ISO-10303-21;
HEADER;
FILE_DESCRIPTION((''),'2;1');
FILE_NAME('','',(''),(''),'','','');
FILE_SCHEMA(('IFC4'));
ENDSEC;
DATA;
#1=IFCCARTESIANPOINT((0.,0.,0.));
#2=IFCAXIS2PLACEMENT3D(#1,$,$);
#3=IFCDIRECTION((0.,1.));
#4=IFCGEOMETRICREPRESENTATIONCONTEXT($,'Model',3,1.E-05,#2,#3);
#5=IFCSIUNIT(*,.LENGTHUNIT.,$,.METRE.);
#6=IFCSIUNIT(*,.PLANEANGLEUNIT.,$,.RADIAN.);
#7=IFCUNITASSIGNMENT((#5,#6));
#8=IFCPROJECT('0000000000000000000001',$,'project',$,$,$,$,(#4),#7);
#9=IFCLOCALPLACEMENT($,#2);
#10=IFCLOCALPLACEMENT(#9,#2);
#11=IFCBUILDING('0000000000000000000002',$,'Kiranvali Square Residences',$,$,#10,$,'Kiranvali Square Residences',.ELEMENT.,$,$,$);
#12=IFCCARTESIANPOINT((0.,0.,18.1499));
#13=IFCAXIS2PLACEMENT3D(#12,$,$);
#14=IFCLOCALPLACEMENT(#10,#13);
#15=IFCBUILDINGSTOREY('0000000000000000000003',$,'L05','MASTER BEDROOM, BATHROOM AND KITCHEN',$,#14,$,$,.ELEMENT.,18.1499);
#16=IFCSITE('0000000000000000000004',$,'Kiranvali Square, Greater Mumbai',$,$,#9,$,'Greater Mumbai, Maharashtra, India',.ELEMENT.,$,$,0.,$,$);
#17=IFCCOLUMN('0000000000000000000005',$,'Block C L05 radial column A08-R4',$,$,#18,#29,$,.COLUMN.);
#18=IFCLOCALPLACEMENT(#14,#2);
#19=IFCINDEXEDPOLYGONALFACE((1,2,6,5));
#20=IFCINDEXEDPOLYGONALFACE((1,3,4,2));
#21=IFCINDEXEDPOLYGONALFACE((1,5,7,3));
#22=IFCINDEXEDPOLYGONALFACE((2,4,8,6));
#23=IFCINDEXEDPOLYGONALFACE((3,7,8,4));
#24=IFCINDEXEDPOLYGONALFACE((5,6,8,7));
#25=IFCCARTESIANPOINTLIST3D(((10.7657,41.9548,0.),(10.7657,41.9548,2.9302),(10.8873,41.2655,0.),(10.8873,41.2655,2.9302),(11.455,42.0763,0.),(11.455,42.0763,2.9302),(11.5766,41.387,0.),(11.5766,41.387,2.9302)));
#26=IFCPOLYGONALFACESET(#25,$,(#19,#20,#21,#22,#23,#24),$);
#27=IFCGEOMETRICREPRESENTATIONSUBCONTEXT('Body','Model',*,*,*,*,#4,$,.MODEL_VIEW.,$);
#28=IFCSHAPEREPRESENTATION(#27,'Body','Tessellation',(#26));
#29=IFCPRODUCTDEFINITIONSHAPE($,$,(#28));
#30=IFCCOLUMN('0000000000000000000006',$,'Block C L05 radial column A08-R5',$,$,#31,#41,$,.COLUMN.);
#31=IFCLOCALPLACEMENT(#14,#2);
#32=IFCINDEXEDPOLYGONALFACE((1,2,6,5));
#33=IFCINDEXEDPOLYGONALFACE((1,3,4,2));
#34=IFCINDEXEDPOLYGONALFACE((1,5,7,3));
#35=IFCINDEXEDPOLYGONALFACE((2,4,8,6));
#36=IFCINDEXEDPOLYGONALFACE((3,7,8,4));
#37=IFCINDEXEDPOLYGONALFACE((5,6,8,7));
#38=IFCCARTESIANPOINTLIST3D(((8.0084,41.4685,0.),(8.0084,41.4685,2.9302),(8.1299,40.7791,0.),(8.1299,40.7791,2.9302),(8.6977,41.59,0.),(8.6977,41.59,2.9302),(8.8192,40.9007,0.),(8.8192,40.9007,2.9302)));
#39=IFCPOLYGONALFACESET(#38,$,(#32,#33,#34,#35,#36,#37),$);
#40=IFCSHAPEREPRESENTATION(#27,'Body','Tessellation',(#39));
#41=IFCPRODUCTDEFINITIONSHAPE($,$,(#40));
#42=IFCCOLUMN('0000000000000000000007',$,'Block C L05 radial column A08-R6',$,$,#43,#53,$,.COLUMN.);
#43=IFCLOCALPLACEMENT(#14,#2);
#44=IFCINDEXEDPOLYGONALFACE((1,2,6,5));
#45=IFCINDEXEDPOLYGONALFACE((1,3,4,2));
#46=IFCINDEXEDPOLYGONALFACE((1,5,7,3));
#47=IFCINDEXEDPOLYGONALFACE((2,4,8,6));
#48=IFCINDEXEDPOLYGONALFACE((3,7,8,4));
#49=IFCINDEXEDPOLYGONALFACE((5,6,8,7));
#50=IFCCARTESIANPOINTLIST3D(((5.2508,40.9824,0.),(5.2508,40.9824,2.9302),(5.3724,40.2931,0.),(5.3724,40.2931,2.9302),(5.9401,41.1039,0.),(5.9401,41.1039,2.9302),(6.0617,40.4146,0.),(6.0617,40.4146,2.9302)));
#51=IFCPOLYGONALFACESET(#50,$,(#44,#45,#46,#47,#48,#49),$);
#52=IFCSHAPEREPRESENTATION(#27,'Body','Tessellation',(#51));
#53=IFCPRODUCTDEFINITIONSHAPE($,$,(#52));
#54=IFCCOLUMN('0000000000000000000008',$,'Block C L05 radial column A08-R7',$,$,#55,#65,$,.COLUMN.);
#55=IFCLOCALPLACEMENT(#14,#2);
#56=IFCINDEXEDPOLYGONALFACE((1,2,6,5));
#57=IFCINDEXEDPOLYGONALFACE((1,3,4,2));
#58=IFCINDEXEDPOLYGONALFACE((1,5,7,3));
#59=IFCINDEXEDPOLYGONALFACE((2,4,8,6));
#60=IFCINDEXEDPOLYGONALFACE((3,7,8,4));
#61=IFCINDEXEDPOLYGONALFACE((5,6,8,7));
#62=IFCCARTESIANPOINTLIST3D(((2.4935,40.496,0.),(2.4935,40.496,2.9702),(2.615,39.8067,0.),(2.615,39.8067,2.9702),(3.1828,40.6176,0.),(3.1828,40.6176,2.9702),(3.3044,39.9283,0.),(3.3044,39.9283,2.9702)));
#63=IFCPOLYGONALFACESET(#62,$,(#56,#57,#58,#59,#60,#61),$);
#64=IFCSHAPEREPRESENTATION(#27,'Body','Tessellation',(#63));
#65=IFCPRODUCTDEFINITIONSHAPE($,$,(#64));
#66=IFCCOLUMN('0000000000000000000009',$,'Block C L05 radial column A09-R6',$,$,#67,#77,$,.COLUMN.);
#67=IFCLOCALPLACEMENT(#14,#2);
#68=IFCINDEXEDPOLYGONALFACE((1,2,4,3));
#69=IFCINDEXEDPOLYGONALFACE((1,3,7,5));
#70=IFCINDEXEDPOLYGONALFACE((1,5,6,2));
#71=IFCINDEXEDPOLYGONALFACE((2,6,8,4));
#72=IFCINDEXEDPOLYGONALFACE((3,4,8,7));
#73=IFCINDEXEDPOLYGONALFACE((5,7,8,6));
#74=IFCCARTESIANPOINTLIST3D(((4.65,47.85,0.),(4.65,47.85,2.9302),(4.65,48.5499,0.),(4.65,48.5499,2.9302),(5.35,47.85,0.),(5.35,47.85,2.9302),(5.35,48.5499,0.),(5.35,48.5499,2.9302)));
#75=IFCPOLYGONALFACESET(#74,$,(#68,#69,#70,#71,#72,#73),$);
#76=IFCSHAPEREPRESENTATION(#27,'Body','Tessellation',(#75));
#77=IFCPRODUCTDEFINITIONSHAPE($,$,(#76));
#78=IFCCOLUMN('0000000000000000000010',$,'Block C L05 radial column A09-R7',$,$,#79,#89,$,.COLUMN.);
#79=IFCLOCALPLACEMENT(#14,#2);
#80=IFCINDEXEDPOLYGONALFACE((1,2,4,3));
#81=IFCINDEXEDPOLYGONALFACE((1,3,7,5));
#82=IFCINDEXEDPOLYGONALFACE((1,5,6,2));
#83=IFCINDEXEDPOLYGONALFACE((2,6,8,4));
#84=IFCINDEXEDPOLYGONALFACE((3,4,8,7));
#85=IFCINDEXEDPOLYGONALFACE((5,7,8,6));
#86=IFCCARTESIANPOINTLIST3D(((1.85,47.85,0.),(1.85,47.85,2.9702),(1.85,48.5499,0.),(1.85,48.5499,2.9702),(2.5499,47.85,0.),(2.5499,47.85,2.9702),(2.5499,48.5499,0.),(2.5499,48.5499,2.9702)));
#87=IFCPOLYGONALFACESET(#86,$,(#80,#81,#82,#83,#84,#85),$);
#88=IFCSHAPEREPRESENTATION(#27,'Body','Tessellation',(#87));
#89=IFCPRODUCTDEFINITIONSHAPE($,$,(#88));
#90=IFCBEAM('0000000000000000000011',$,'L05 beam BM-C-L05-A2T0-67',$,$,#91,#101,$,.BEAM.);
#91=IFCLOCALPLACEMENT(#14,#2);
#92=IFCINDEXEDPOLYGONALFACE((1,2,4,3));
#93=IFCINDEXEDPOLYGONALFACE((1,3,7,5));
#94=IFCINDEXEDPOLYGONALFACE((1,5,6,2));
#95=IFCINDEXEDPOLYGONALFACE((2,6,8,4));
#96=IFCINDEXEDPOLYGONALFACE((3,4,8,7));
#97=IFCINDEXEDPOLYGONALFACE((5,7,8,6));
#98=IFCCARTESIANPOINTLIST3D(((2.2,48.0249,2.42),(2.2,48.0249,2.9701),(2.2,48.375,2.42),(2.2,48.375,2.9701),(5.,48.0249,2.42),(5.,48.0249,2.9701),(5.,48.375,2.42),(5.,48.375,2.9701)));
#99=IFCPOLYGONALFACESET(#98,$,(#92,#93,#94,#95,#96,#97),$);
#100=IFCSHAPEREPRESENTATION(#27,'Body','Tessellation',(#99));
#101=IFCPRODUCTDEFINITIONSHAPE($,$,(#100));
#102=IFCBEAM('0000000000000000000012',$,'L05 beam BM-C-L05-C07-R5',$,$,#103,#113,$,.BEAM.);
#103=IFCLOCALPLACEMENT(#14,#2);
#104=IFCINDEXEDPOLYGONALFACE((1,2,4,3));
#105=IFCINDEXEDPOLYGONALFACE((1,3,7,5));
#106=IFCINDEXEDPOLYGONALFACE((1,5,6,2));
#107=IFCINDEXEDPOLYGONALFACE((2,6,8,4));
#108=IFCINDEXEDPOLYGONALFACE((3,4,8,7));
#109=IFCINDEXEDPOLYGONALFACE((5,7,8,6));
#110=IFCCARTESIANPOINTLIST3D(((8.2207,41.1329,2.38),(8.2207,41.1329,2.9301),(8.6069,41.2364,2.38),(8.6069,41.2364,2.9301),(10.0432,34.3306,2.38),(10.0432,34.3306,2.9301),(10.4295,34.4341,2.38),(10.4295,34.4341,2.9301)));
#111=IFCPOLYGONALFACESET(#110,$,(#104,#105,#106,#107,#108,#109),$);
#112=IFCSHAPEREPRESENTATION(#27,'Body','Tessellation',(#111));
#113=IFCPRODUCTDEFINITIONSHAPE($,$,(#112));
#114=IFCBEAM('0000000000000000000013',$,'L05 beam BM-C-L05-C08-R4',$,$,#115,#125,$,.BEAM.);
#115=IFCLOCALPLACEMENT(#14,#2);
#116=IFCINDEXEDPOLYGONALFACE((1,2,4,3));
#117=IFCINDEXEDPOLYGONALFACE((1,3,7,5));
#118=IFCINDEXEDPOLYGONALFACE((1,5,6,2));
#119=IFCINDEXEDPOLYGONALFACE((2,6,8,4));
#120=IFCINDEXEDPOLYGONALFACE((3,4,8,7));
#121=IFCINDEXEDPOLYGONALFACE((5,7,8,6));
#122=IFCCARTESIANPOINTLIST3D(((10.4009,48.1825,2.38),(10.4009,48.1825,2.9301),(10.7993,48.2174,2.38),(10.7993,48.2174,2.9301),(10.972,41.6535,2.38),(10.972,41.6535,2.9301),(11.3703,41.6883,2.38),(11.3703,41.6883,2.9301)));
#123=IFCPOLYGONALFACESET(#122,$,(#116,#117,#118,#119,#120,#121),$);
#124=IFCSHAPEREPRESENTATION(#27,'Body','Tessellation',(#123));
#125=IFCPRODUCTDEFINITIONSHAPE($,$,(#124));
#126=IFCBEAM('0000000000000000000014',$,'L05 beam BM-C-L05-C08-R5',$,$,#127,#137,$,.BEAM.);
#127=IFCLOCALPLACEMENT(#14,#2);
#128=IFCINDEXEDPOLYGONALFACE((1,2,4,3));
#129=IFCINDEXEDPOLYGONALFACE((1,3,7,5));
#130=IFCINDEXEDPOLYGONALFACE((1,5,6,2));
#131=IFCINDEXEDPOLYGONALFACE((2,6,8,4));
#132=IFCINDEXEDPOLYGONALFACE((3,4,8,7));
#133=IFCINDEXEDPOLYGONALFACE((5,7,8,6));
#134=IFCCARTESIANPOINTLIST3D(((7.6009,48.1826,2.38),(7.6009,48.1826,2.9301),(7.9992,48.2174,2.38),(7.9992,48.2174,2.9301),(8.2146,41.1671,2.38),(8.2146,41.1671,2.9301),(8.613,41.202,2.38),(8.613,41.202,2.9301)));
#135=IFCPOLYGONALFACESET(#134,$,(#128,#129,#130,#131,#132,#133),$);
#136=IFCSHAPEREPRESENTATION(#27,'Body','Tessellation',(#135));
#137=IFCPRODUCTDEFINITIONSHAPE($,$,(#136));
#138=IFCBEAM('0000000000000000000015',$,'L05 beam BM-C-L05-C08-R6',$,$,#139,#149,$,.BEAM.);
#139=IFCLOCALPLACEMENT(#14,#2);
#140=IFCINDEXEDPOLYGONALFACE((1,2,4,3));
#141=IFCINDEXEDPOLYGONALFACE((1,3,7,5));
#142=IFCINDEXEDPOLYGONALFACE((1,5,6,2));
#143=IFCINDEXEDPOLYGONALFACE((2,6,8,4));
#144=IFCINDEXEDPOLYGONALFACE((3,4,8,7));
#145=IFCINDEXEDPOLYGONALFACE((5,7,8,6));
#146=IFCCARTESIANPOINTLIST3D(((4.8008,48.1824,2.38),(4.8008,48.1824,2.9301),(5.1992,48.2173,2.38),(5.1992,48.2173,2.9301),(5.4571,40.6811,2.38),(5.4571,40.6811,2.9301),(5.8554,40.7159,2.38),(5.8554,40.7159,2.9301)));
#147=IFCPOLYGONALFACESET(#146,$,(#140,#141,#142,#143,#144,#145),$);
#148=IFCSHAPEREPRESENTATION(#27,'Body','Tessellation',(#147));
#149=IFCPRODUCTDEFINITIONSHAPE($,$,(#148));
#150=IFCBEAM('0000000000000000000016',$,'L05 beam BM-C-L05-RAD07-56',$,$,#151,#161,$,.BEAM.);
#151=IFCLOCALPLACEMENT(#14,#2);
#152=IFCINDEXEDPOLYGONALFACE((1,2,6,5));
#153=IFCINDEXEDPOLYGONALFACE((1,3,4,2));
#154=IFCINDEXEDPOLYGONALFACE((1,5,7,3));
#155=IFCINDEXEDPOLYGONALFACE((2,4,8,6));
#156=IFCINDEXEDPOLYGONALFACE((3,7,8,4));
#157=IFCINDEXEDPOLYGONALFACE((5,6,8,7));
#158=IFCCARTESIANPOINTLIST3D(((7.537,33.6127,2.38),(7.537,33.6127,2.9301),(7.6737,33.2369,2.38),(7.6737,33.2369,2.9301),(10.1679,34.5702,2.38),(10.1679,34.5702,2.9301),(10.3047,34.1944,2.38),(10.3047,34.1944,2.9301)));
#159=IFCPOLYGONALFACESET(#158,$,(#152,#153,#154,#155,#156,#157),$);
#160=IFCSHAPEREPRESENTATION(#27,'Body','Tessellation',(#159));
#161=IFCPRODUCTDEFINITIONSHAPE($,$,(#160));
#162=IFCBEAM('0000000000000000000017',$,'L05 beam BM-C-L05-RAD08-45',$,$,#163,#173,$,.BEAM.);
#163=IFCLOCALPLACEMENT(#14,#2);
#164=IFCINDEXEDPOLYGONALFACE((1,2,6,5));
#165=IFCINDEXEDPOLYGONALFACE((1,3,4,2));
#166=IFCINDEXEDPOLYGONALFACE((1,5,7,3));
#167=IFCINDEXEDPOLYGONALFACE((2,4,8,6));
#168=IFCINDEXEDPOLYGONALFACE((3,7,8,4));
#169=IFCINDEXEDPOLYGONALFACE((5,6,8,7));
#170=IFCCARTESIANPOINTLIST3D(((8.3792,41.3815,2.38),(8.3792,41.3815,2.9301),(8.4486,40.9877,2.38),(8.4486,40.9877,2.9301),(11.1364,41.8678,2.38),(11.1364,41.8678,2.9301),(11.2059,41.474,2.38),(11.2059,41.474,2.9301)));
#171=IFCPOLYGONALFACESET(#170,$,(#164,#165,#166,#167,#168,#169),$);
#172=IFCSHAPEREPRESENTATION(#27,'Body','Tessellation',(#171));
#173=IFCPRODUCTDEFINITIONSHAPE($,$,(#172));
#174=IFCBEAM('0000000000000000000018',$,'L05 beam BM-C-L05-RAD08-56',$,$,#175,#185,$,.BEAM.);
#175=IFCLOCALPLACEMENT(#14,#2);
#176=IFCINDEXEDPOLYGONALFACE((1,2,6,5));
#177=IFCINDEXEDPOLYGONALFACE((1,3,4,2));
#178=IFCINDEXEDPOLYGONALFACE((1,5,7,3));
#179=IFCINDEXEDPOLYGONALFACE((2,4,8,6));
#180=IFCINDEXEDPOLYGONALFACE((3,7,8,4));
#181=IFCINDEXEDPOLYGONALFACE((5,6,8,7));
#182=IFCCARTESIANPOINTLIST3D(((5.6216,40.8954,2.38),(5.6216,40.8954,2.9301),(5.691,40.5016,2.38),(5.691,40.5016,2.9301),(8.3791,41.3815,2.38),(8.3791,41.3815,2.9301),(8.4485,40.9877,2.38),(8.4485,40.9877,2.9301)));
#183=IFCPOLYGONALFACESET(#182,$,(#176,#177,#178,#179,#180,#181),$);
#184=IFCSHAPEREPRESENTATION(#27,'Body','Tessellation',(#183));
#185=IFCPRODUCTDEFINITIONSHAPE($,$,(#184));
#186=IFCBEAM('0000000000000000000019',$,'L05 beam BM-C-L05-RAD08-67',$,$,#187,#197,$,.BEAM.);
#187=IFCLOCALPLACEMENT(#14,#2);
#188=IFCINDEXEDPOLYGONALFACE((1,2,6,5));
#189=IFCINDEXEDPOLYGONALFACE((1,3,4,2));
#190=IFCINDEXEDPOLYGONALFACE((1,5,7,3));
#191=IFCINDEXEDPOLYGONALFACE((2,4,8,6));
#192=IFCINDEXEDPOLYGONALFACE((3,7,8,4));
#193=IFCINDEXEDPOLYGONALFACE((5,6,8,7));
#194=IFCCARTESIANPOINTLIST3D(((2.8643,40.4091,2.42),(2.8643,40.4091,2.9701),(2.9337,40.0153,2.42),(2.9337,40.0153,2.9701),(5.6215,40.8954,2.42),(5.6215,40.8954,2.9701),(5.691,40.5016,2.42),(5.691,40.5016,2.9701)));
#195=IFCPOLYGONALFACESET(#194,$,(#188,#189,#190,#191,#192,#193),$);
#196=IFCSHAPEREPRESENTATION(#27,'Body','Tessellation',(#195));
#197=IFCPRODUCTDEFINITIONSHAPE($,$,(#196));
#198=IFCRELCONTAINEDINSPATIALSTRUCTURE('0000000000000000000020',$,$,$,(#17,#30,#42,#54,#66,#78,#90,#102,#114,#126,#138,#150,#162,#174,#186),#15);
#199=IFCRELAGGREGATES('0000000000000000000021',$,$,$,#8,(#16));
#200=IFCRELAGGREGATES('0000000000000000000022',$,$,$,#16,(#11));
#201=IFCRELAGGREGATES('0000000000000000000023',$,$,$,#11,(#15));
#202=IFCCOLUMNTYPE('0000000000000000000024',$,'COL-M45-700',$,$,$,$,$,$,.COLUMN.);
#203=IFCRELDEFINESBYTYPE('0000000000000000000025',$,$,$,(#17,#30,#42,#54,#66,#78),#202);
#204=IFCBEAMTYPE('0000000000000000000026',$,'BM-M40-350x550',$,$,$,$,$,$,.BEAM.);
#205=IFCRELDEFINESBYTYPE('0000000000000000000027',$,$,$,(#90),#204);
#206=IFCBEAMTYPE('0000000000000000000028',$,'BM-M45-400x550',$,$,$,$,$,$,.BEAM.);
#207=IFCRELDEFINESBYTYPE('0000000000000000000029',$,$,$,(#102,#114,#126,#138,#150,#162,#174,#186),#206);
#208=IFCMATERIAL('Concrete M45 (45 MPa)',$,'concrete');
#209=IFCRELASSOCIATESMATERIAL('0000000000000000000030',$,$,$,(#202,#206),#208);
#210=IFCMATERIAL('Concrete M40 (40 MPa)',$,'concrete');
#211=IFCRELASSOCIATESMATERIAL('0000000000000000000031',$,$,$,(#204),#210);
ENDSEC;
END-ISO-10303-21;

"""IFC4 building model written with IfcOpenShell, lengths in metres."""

from ifc_helpers import new_model, si_unit, direction, frame, origin, origin_2d, place, context, subcontext, project, spatial, rectangle, extrude, material, material_profile, profile_set, type_object, element, save


model = new_model("IFC4")

# Units and contexts
model_context = context("Model", 3, precision=1e-05, world=origin(), true_north=direction((0.0, 1.0)))
body_context = subcontext(model_context, "Body", "Model", "MODEL_VIEW")
ifc_project = project(units=[si_unit("LENGTHUNIT", "METRE"), si_unit("PLANEANGLEUNIT", "RADIAN")], contexts=[model_context])

# Site, building, storey
site_placement = place(None, origin())
site = spatial("IfcSite", under=ifc_project, at=site_placement, Name="Kiranvali Square, Greater Mumbai", LongName="Greater Mumbai, Maharashtra, India", CompositionType="ELEMENT", RefElevation=0.0)
building_placement = place(site_placement, origin())
building = spatial("IfcBuilding", under=site, at=building_placement, Name="Kiranvali Square Residences", LongName="Kiranvali Square Residences", CompositionType="ELEMENT")
storey_placement = place(building_placement, frame((0.0, 0.0, 18.1499)))
storey = spatial("IfcBuildingStorey", under=building, at=storey_placement, Name="L05", Description="MASTER BEDROOM, BATHROOM AND KITCHEN", CompositionType="ELEMENT", Elevation=18.1499)

# Columns
ifc_material_1 = material(Name="Concrete M45 (45 MPa)", Category="concrete")
ifc_material_profile_1 = material_profile(ifc_material_1, rectangle(XDim=0.7, YDim=0.7, at=origin_2d()), Name="RC 700x700")
ifc_profile_set_1 = profile_set([ifc_material_profile_1], Name="Concrete M45 (45 MPa)")
column_type = type_object("IfcColumnType", Name="COL-M45-700", PredefinedType="COLUMN", material=ifc_profile_set_1)
for number, where, z_axis, x_axis, name in (
    (1, (11.1711, 41.6709, 0.0), (0.0, 0.0, 1.0), (-0.173648, 0.984808, 0.0), "Block C L05 radial column A08-R4"),
    (2, (8.4138, 41.1846, 0.0), (0.0, 0.0, 1.0), (-0.173648, 0.984808, 0.0), "Block C L05 radial column A08-R5"),
    (3, (5.6562, 40.6985, 0.0), (0.0, 0.0, 1.0), (-0.173648, 0.984808, 0.0), "Block C L05 radial column A08-R6"),
):
    element("IfcColumn", number, at=place(storey_placement, frame(where, z_axis=z_axis, x_axis=x_axis)), inside=storey, type_object=column_type, Name=name, PredefinedType="COLUMN", context=body_context, shape_type="SweptSolid", body=[
        extrude(rectangle(XDim=0.7, YDim=0.7, at=origin_2d()), origin(), (0.0, 0.0, 1.0), 2.9302),
    ])
column_1_placement = place(storey_placement, frame((2.8989, 40.2122, 0.0), z_axis=(0.0, 0.0, 1.0), x_axis=(-0.173648, 0.984808, 0.0)))
element("IfcColumn", 4, at=column_1_placement, inside=storey, type_object=column_type, Name="Block C L05 radial column A08-R7", PredefinedType="COLUMN", context=body_context, shape_type="SweptSolid", body=[
    extrude(rectangle(XDim=0.7, YDim=0.7, at=origin_2d()), origin(), (0.0, 0.0, 1.0), 2.9702),
])
column_2_placement = place(storey_placement, frame((5.0, 48.2, 0.0), z_axis=(0.0, 0.0, 1.0), x_axis=(0.0, 1.0, 0.0)))
element("IfcColumn", 5, at=column_2_placement, inside=storey, type_object=column_type, Name="Block C L05 radial column A09-R6", PredefinedType="COLUMN", context=body_context, shape_type="SweptSolid", body=[
    extrude(rectangle(XDim=0.7, YDim=0.7, at=origin_2d()), origin(), (0.0, 0.0, 1.0), 2.9302),
])
column_3_placement = place(storey_placement, frame((2.2, 48.2, 0.0), z_axis=(0.0, 0.0, 1.0), x_axis=(0.0, 1.0, 0.0)))
element("IfcColumn", 6, at=column_3_placement, inside=storey, type_object=column_type, Name="Block C L05 radial column A09-R7", PredefinedType="COLUMN", context=body_context, shape_type="SweptSolid", body=[
    extrude(rectangle(XDim=0.7, YDim=0.7, at=origin_2d()), origin(), (0.0, 0.0, 1.0), 2.9702),
])

# Beams
ifc_material_2 = material(Name="Concrete M40 (40 MPa)", Category="concrete")
ifc_material_profile_2 = material_profile(ifc_material_2, rectangle(XDim=0.3501, YDim=0.55, at=origin_2d()), Name="RC 350x550")
ifc_profile_set_2 = profile_set([ifc_material_profile_2], Name="Concrete M40 (40 MPa)")
beam_type_1 = type_object("IfcBeamType", Name="BM-M40-350x550", PredefinedType="BEAM", material=ifc_profile_set_2)
beam_1_placement = place(storey_placement, frame((5.0, 48.2, 2.6951), z_axis=(-1.0, 0.0, 0.0), x_axis=(0.0, -1.0, 0.0)))
element("IfcBeam", 7, at=beam_1_placement, inside=storey, type_object=beam_type_1, Name="L05 beam BM-C-L05-A2T0-67", PredefinedType="BEAM", context=body_context, shape_type="SweptSolid", body=[
    extrude(rectangle(XDim=0.3501, YDim=0.55, at=origin_2d()), origin(), (0.0, 0.0, 1.0), 2.8),
])
ifc_material_profile_3 = material_profile(ifc_material_1, rectangle(XDim=0.3999, YDim=0.55, at=origin_2d()), Name="RC 400x550")
ifc_profile_set_3 = profile_set([ifc_material_profile_3], Name="Concrete M45 (45 MPa)")
beam_type_2 = type_object("IfcBeamType", Name="BM-M45-400x550", PredefinedType="BEAM", material=ifc_profile_set_3)
beam_2_placement = place(storey_placement, frame((10.2363, 34.3823, 2.655), z_axis=(-0.2588, 0.965931, 0.0), x_axis=(-0.965931, -0.2588, 0.0)))
element("IfcBeam", 8, at=beam_2_placement, inside=storey, type_object=beam_type_2, Name="L05 beam BM-C-L05-C07-R5", PredefinedType="BEAM", context=body_context, shape_type="SweptSolid", body=[
    extrude(rectangle(XDim=0.3999, YDim=0.55, at=origin_2d()), origin(), (0.0, 0.0, 1.0), 7.0422),
])
beam_3_placement = place(storey_placement, frame((11.1711, 41.6709, 2.655), z_axis=(-0.08713, 0.996197, 0.0), x_axis=(-0.996197, -0.08713, 0.0)))
element("IfcBeam", 9, at=beam_3_placement, inside=storey, type_object=beam_type_2, Name="L05 beam BM-C-L05-C08-R4", PredefinedType="BEAM", context=body_context, shape_type="SweptSolid", body=[
    extrude(rectangle(XDim=0.3999, YDim=0.55, at=origin_2d()), origin(), (0.0, 0.0, 1.0), 6.554),
])
beam_4_placement = place(storey_placement, frame((8.4138, 41.1846, 2.655), z_axis=(-0.087156, 0.996195, 0.0), x_axis=(-0.996195, -0.087156, 0.0)))
element("IfcBeam", 10, at=beam_4_placement, inside=storey, type_object=beam_type_2, Name="L05 beam BM-C-L05-C08-R5", PredefinedType="BEAM", context=body_context, shape_type="SweptSolid", body=[
    extrude(rectangle(XDim=0.3999, YDim=0.55, at=origin_2d()), origin(), (0.0, 0.0, 1.0), 7.0422),
])
beam_5_placement = place(storey_placement, frame((5.6562, 40.6985, 2.655), z_axis=(-0.08715, 0.996195, 0.0), x_axis=(-0.996195, -0.08715, 0.0)))
element("IfcBeam", 11, at=beam_5_placement, inside=storey, type_object=beam_type_2, Name="L05 beam BM-C-L05-C08-R6", PredefinedType="BEAM", context=body_context, shape_type="SweptSolid", body=[
    extrude(rectangle(XDim=0.3999, YDim=0.55, at=origin_2d()), origin(), (0.0, 0.0, 1.0), 7.53),
])
for number, where, z_axis, x_axis, name in (
    (12, (10.2363, 34.3823, 2.655), (-0.939707, -0.341981, 0.0), (0.341981, -0.939707, 0.0), "L05 beam BM-C-L05-RAD07-56"),
    (13, (11.1711, 41.6709, 2.655), (-0.984799, -0.173696, 0.0), (0.173696, -0.984799, 0.0), "L05 beam BM-C-L05-RAD08-45"),
):
    element("IfcBeam", number, at=place(storey_placement, frame(where, z_axis=z_axis, x_axis=x_axis)), inside=storey, type_object=beam_type_2, Name=name, PredefinedType="BEAM", context=body_context, shape_type="SweptSolid", body=[
        extrude(rectangle(XDim=0.3999, YDim=0.55, at=origin_2d()), origin(), (0.0, 0.0, 1.0), 2.7998),
    ])
beam_6_placement = place(storey_placement, frame((8.4138, 41.1846, 2.655), z_axis=(-0.984817, -0.173596, 0.0), x_axis=(0.173596, -0.984817, 0.0)))
element("IfcBeam", 14, at=beam_6_placement, inside=storey, type_object=beam_type_2, Name="L05 beam BM-C-L05-RAD08-56", PredefinedType="BEAM", context=body_context, shape_type="SweptSolid", body=[
    extrude(rectangle(XDim=0.3999, YDim=0.55, at=origin_2d()), origin(), (0.0, 0.0, 1.0), 2.8),
])
beam_7_placement = place(storey_placement, frame((5.6562, 40.6985, 2.6951), z_axis=(-0.984799, -0.173696, 0.0), x_axis=(0.173696, -0.984799, 0.0)))
element("IfcBeam", 15, at=beam_7_placement, inside=storey, type_object=beam_type_2, Name="L05 beam BM-C-L05-RAD08-67", PredefinedType="BEAM", context=body_context, shape_type="SweptSolid", body=[
    extrude(rectangle(XDim=0.3999, YDim=0.55, at=origin_2d()), origin(), (0.0, 0.0, 1.0), 2.7998),
])

save(model, "model.ifc")
